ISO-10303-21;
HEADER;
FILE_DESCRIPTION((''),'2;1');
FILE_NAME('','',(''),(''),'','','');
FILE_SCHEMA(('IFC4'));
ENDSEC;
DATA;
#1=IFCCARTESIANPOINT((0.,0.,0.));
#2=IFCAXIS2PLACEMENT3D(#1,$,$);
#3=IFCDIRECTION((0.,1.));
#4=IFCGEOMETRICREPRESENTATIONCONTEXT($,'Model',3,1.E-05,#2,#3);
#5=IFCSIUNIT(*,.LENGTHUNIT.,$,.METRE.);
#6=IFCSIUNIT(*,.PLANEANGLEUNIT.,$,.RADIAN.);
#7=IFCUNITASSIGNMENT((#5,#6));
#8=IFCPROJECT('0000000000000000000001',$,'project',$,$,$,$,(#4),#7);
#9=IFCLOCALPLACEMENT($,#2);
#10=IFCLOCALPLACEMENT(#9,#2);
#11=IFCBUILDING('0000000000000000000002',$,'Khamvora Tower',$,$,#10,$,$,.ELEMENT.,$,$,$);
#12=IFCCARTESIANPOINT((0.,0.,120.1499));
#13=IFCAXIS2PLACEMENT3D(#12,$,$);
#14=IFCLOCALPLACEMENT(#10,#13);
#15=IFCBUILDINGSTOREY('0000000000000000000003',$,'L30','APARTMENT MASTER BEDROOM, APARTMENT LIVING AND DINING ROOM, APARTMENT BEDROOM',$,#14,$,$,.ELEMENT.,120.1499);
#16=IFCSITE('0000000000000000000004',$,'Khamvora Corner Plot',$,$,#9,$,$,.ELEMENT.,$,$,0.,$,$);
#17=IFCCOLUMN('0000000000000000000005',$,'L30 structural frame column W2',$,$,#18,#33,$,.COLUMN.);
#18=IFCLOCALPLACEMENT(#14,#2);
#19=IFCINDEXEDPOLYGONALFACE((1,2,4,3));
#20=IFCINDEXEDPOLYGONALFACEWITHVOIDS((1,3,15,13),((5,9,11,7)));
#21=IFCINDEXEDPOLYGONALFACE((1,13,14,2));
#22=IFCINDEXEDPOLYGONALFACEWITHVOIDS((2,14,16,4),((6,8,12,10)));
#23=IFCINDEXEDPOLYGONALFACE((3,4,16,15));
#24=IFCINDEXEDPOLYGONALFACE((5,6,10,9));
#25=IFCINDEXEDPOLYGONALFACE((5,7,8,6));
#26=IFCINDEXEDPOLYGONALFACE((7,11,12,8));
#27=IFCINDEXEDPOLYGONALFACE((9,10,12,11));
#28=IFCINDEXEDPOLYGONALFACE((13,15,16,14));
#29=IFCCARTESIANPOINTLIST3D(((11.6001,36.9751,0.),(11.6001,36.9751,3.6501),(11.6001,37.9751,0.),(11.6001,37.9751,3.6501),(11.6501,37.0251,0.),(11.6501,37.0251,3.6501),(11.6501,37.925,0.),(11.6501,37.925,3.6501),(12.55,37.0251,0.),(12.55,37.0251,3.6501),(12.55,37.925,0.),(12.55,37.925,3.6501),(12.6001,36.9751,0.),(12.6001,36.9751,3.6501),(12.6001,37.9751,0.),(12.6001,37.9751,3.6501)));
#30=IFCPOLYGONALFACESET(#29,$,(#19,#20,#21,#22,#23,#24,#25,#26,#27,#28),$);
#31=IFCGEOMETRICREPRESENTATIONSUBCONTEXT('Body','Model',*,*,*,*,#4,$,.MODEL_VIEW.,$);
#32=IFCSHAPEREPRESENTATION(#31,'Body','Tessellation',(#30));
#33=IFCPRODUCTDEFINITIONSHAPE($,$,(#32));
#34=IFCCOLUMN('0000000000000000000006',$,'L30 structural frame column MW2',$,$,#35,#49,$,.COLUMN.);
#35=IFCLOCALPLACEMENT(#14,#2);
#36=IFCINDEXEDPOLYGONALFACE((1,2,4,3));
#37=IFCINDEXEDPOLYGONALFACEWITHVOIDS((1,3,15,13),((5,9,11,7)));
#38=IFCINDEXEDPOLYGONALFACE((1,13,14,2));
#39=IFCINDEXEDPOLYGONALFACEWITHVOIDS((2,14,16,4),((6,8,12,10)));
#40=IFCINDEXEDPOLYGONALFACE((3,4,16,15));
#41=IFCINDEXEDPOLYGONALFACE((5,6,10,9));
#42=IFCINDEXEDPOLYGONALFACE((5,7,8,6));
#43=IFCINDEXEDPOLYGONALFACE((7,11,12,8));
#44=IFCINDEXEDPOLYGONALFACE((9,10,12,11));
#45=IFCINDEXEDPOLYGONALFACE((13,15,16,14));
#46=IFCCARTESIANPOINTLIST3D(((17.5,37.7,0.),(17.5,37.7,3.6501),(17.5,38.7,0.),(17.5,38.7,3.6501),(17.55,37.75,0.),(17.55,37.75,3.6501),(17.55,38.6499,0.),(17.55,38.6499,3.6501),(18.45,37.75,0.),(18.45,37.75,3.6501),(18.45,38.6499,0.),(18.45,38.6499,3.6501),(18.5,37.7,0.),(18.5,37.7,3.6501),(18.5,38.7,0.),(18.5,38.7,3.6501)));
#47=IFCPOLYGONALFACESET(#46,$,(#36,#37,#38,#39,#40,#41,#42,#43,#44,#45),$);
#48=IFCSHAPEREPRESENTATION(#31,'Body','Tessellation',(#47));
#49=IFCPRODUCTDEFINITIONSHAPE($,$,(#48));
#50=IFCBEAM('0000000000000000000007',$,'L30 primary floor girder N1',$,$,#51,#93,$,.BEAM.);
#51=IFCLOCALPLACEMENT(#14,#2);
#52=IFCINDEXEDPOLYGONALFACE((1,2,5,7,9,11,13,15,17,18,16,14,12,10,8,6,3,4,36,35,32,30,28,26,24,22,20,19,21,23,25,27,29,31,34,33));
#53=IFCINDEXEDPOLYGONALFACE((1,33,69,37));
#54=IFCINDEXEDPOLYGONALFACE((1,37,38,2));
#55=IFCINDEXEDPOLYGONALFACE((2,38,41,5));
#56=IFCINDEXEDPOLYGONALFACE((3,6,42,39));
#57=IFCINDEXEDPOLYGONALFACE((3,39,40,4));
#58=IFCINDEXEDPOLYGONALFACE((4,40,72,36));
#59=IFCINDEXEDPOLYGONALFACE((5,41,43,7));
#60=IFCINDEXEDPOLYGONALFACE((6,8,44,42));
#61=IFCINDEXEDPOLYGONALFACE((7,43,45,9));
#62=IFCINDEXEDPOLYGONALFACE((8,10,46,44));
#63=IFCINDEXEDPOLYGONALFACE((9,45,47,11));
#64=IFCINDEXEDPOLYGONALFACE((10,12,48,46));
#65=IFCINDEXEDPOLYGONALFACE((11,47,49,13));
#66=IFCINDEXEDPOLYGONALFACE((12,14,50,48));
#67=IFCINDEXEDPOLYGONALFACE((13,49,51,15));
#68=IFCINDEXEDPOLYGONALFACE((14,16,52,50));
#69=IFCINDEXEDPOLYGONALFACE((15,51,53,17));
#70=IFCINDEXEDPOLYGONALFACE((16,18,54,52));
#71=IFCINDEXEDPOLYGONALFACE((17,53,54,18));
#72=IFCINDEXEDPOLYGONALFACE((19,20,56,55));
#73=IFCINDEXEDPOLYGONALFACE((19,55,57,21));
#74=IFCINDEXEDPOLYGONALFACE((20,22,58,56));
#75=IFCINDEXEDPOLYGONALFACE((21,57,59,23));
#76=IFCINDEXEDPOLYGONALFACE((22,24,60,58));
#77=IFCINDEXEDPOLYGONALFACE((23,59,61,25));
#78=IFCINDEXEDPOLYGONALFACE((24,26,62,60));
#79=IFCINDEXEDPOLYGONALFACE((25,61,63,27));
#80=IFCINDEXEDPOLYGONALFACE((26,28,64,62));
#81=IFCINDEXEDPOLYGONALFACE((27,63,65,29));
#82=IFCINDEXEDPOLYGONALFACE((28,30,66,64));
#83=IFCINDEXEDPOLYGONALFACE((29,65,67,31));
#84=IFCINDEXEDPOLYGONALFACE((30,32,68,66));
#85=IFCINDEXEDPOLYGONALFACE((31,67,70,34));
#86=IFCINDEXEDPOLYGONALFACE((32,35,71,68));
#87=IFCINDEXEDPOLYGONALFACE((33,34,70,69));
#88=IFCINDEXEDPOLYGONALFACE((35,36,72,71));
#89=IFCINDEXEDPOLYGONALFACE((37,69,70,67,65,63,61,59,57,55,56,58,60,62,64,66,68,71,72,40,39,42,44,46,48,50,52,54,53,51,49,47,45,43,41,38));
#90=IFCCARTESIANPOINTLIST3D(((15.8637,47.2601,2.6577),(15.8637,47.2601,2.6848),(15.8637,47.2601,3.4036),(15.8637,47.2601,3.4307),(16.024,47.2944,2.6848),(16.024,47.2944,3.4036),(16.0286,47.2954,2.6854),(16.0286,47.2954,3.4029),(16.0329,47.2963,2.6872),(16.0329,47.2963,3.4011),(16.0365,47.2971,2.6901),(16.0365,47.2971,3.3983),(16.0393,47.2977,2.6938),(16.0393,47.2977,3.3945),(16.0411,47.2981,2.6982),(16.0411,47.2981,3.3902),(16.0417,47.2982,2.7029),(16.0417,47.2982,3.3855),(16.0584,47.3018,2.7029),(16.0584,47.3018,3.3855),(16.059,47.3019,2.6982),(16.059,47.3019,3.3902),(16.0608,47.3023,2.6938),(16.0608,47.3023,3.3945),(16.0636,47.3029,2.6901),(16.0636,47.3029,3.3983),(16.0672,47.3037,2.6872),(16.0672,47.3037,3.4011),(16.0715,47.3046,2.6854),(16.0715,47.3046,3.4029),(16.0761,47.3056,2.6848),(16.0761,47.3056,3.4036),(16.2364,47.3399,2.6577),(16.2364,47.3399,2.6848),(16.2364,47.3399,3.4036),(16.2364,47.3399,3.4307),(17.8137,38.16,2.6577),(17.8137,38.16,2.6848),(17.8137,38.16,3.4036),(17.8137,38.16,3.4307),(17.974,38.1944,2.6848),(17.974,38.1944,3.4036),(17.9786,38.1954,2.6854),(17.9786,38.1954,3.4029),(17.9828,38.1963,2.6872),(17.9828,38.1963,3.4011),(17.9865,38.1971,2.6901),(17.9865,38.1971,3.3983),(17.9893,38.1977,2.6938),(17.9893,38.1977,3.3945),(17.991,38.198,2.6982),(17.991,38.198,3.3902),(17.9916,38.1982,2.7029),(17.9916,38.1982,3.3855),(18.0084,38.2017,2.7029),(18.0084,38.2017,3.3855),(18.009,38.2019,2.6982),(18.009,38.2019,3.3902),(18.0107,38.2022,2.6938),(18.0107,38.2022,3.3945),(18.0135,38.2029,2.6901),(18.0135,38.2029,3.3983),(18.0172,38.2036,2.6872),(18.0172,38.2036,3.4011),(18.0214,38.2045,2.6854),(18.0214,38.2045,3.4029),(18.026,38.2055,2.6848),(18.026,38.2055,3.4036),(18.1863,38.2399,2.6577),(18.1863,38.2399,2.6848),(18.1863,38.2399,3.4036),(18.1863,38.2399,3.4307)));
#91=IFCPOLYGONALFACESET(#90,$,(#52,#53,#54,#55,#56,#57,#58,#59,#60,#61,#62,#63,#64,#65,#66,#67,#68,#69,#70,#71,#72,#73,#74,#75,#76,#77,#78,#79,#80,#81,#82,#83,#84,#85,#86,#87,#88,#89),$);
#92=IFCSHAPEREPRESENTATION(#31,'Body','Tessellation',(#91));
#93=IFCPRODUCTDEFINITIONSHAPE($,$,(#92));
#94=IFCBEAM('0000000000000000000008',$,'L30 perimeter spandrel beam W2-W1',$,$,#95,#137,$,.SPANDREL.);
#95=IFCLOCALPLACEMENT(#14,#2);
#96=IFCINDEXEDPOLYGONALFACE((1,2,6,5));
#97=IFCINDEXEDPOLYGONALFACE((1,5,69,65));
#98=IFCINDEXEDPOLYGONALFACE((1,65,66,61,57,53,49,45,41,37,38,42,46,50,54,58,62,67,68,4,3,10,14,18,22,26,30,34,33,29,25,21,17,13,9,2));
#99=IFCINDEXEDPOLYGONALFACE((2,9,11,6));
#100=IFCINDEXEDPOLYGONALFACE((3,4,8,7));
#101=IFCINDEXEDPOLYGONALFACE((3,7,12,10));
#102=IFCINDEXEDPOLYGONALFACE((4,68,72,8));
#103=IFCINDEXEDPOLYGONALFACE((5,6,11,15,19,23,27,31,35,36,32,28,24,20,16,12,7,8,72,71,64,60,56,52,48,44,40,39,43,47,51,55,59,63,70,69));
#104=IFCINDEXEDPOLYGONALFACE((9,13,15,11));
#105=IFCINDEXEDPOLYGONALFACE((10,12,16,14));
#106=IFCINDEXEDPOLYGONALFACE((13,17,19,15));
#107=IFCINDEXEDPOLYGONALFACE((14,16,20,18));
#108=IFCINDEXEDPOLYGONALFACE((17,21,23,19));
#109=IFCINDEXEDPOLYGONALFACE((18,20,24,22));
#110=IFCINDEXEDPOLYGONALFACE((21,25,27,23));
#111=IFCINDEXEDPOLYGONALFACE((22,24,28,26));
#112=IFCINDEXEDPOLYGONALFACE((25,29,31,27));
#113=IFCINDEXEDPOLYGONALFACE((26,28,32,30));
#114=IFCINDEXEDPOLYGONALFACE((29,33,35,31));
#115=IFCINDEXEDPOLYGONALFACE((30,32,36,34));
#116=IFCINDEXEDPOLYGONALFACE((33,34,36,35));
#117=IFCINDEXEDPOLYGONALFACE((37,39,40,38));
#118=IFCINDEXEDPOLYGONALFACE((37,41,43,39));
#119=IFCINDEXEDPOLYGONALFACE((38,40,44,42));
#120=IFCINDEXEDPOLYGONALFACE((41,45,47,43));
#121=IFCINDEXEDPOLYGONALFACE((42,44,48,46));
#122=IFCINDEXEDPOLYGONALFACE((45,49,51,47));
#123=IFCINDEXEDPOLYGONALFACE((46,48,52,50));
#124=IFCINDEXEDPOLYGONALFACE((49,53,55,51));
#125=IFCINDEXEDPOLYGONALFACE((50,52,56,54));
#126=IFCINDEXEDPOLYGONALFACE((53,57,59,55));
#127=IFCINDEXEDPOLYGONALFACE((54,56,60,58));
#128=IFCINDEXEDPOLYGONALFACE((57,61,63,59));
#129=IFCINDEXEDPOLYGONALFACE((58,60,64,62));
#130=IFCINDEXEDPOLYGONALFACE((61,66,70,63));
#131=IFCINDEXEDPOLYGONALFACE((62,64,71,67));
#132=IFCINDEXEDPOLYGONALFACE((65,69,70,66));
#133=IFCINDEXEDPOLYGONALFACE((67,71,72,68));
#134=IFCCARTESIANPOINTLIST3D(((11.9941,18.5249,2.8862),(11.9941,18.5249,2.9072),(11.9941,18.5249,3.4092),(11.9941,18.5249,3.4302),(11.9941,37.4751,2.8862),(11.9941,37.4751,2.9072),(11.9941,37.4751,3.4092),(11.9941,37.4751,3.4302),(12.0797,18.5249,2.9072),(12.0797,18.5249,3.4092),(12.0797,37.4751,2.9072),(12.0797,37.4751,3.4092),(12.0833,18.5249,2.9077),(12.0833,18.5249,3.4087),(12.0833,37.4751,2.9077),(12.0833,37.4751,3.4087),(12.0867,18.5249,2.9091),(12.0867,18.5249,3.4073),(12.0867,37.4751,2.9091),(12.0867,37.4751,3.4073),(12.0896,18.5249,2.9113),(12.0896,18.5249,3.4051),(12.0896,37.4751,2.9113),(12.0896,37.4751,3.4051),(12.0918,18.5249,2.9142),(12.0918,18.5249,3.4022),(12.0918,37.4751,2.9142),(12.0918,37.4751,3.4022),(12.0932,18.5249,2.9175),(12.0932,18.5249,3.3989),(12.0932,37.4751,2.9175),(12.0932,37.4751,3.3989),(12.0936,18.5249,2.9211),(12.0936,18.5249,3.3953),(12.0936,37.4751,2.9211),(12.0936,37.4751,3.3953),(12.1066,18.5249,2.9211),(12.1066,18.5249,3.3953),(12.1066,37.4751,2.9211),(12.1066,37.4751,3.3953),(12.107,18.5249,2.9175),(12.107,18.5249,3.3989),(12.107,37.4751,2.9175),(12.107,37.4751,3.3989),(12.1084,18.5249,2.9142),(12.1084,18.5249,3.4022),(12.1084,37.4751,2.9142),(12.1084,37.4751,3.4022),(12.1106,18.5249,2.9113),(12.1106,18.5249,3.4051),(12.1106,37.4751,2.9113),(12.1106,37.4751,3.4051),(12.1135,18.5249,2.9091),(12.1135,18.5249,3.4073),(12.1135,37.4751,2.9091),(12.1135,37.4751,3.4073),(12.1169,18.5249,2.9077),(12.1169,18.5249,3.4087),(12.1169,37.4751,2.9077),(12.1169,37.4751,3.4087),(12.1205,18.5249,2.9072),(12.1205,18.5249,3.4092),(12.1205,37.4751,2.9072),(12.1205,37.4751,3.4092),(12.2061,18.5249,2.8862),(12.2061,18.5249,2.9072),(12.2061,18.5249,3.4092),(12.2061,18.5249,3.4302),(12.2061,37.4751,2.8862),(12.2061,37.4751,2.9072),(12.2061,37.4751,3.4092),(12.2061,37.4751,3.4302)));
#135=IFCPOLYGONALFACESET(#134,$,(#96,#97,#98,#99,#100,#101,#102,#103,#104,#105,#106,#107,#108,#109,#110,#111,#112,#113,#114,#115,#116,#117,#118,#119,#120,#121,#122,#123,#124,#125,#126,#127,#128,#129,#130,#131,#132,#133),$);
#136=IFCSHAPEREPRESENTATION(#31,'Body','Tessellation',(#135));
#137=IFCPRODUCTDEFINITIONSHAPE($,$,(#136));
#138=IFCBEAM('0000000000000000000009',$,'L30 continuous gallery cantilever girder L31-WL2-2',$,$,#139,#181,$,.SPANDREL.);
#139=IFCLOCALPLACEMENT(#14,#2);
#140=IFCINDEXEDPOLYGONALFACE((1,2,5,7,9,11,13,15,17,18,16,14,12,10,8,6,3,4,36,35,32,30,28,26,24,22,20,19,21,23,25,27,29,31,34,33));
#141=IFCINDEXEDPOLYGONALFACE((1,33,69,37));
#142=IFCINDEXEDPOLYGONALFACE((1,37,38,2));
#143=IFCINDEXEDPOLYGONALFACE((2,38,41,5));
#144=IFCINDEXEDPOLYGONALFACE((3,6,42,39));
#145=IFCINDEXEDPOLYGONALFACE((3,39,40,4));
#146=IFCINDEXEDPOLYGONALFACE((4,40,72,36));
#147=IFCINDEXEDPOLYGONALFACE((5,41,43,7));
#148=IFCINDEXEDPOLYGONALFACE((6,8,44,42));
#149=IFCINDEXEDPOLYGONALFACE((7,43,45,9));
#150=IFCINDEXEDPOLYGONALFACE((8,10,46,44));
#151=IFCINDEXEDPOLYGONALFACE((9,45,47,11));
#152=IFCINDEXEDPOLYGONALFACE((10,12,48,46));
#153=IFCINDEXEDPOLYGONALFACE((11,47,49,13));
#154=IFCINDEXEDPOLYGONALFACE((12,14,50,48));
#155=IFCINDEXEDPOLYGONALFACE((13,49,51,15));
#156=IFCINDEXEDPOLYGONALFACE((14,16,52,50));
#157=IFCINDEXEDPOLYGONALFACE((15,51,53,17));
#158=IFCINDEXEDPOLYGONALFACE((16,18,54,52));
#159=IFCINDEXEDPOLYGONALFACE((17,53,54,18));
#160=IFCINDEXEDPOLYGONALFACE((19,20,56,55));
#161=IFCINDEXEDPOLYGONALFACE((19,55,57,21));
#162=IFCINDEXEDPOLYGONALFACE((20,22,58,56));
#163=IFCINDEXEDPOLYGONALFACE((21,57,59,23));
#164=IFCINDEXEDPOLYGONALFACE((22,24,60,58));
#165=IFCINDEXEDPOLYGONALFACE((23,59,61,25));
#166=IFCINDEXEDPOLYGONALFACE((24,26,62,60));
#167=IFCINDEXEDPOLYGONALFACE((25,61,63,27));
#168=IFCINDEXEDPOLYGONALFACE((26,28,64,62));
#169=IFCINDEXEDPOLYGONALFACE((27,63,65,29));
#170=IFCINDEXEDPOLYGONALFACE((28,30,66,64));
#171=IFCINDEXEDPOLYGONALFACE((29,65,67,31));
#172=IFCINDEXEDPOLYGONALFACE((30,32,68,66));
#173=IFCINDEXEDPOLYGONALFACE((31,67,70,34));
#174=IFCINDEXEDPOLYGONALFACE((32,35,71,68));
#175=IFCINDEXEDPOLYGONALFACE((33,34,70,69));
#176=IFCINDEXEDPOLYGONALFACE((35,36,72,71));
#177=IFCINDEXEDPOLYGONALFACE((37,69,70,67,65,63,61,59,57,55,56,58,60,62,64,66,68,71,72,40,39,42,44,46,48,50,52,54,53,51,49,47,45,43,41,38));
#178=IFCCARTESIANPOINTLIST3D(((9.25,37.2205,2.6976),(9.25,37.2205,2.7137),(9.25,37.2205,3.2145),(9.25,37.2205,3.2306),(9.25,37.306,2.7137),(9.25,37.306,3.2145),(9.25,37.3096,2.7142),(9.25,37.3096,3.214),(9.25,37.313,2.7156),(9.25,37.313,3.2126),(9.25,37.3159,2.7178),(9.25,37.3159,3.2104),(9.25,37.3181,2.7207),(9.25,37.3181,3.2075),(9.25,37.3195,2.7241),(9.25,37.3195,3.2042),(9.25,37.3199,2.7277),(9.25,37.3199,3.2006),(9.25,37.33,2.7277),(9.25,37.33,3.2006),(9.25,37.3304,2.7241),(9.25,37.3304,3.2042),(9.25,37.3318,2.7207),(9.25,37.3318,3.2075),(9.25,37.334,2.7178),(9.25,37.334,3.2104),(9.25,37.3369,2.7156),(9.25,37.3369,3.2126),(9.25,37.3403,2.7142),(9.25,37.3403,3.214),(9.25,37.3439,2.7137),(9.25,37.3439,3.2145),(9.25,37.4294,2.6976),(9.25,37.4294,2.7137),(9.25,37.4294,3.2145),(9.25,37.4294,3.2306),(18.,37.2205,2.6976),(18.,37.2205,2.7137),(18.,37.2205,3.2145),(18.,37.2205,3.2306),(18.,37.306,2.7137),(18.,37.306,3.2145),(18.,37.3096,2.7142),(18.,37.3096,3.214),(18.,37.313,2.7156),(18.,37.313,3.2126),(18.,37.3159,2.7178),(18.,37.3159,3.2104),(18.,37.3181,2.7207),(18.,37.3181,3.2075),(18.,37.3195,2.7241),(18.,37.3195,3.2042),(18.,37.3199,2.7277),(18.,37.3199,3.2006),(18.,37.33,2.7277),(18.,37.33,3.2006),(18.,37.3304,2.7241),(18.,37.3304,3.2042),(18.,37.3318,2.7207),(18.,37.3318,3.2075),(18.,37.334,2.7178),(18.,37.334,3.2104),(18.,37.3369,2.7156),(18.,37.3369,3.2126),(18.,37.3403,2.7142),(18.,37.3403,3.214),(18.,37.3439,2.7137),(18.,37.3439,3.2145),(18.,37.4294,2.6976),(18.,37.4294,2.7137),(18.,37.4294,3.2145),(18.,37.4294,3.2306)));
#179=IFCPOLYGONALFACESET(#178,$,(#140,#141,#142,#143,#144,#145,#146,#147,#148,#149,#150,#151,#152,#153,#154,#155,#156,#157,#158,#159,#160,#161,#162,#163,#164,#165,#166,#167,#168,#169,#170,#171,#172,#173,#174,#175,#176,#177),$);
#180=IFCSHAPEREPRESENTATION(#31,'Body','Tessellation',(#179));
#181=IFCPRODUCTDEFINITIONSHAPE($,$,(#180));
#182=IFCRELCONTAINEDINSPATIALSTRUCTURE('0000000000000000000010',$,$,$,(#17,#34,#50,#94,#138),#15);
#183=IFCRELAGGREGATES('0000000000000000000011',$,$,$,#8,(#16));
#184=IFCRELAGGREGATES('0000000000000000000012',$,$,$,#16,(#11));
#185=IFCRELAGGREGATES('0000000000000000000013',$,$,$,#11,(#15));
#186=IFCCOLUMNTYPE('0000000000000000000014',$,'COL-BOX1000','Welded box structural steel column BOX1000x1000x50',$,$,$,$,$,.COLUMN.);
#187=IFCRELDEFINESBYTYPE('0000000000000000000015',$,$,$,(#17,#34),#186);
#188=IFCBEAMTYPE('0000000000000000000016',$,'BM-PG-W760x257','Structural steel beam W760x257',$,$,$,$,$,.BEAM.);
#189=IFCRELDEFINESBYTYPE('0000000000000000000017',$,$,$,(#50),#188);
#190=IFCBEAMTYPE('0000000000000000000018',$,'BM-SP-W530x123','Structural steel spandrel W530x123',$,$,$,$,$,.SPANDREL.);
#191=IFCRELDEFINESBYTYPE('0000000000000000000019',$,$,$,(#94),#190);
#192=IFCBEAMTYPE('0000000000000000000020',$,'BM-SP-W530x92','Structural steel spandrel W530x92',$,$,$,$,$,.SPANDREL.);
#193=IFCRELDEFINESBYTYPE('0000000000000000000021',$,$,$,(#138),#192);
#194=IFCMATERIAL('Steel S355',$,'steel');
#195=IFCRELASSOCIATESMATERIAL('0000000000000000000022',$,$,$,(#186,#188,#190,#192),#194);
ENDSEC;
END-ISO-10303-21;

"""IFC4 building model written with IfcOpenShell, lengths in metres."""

from ifc_helpers import new_model, si_unit, direction, frame, origin, origin_2d, place, context, subcontext, project, spatial, hollow_rectangle, i_section, extrude, material, material_profile, profile_set, type_object, element, save


model = new_model("IFC4")

# Units and contexts
model_context = context("Model", 3, precision=1e-05, world=origin(), true_north=direction((0.0, 1.0)))
body_context = subcontext(model_context, "Body", "Model", "MODEL_VIEW")
ifc_project = project(units=[si_unit("LENGTHUNIT", "METRE"), si_unit("PLANEANGLEUNIT", "RADIAN")], contexts=[model_context])

# Site, building, storey
site_placement = place(None, origin())
site = spatial("IfcSite", under=ifc_project, at=site_placement, Name="Khamvora Corner Plot", CompositionType="ELEMENT", RefElevation=0.0)
building_placement = place(site_placement, origin())
building = spatial("IfcBuilding", under=site, at=building_placement, Name="Khamvora Tower", CompositionType="ELEMENT")
storey_placement = place(building_placement, frame((0.0, 0.0, 120.1499)))
storey = spatial("IfcBuildingStorey", under=building, at=storey_placement, Name="L30", Description="APARTMENT MASTER BEDROOM, APARTMENT LIVING AND DINING ROOM, APARTMENT BEDROOM", CompositionType="ELEMENT", Elevation=120.1499)

# Columns
ifc_material_1 = material(Name="Steel S355", Category="steel")
ifc_material_profile_1 = material_profile(ifc_material_1, hollow_rectangle(XDim=1.0, YDim=1.0, WallThickness=0.05, at=origin_2d()), Name="BOX1000x1000x50")
ifc_profile_set_1 = profile_set([ifc_material_profile_1], Name="Steel S355")
column_type = type_object("IfcColumnType", Name="COL-BOX1000", Description="Welded box structural steel column BOX1000x1000x50", PredefinedType="COLUMN", material=ifc_profile_set_1)
for number, where, z_axis, x_axis, name in (
    (1, (12.1001, 37.4751, 0.0), (0.0, 0.0, 1.0), (1.0, 0.0, 0.0), "L30 structural frame column W2"),
    (2, (18.0, 38.2, 0.0), (0.0, 0.0, 1.0), (1.0, 0.0, 0.0), "L30 structural frame column MW2"),
):
    element("IfcColumn", number, at=place(storey_placement, frame(where, z_axis=z_axis, x_axis=x_axis)), inside=storey, type_object=column_type, Name=name, PredefinedType="COLUMN", context=body_context, shape_type="SweptSolid", body=[
        extrude(hollow_rectangle(XDim=1.0, YDim=1.0, WallThickness=0.05, at=origin_2d()), origin(), (0.0, 0.0, 1.0), 3.6501),
    ])

# Beams
ifc_material_profile_2 = material_profile(ifc_material_1, i_section(OverallWidth=0.3811, OverallDepth=0.7729, WebThickness=0.0171, FlangeThickness=0.0271, FilletRadius=0.0181, at=origin_2d()), Name="W760x257")
ifc_profile_set_2 = profile_set([ifc_material_profile_2], Name="Steel S355")
beam_type_1 = type_object("IfcBeamType", Name="BM-PG-W760x257", Description="Structural steel beam W760x257", PredefinedType="BEAM", material=ifc_profile_set_2)
beam_1_placement = place(storey_placement, frame((18.0, 38.2, 3.0442), z_axis=(-0.209522, 0.977804, 0.0), x_axis=(-0.977804, -0.209522, 0.0)))
element("IfcBeam", 3, at=beam_1_placement, inside=storey, type_object=beam_type_1, Name="L30 primary floor girder N1", PredefinedType="BEAM", context=body_context, shape_type="SweptSolid", body=[
    extrude(i_section(OverallWidth=0.3811, OverallDepth=0.7729, WebThickness=0.0171, FlangeThickness=0.0271, FilletRadius=0.0181, at=origin_2d()), origin(), (0.0, 0.0, 1.0), 9.3066),
])
ifc_material_profile_3 = material_profile(ifc_material_1, i_section(OverallWidth=0.2119, OverallDepth=0.5439, WebThickness=0.0129, FlangeThickness=0.021, FilletRadius=0.0139, at=origin_2d()), Name="W530x123")
ifc_profile_set_3 = profile_set([ifc_material_profile_3], Name="Steel S355")
beam_type_2 = type_object("IfcBeamType", Name="BM-SP-W530x123", Description="Structural steel spandrel W530x123", PredefinedType="SPANDREL", material=ifc_profile_set_3)
beam_2_placement = place(storey_placement, frame((12.1001, 37.4751, 3.1582), z_axis=(0.0, -1.0, 0.0), x_axis=(1.0, 0.0, 0.0)))
element("IfcBeam", 4, at=beam_2_placement, inside=storey, type_object=beam_type_2, Name="L30 perimeter spandrel beam W2-W1", PredefinedType="SPANDREL", context=body_context, shape_type="SweptSolid", body=[
    extrude(i_section(OverallWidth=0.2119, OverallDepth=0.5439, WebThickness=0.0129, FlangeThickness=0.021, FilletRadius=0.0139, at=origin_2d()), origin(), (0.0, 0.0, 1.0), 18.9502),
])
ifc_material_profile_4 = material_profile(ifc_material_1, i_section(OverallWidth=0.209, OverallDepth=0.533, WebThickness=0.01, FlangeThickness=0.0161, FilletRadius=0.0139, at=origin_2d()), Name="W530x92")
ifc_profile_set_4 = profile_set([ifc_material_profile_4], Name="Steel S355")
beam_type_3 = type_object("IfcBeamType", Name="BM-SP-W530x92", Description="Structural steel spandrel W530x92", PredefinedType="SPANDREL", material=ifc_profile_set_4)
beam_3_placement = place(storey_placement, frame((18.0, 37.325, 2.9641), z_axis=(-1.0, 0.0, 0.0), x_axis=(0.0, -1.0, 0.0)))
element("IfcBeam", 5, at=beam_3_placement, inside=storey, type_object=beam_type_3, Name="L30 continuous gallery cantilever girder L31-WL2-2", PredefinedType="SPANDREL", context=body_context, shape_type="SweptSolid", body=[
    extrude(i_section(OverallWidth=0.209, OverallDepth=0.533, WebThickness=0.01, FlangeThickness=0.0161, FilletRadius=0.0139, at=origin_2d()), origin(), (0.0, 0.0, 1.0), 8.75),
])

save(model, "model.ifc")
